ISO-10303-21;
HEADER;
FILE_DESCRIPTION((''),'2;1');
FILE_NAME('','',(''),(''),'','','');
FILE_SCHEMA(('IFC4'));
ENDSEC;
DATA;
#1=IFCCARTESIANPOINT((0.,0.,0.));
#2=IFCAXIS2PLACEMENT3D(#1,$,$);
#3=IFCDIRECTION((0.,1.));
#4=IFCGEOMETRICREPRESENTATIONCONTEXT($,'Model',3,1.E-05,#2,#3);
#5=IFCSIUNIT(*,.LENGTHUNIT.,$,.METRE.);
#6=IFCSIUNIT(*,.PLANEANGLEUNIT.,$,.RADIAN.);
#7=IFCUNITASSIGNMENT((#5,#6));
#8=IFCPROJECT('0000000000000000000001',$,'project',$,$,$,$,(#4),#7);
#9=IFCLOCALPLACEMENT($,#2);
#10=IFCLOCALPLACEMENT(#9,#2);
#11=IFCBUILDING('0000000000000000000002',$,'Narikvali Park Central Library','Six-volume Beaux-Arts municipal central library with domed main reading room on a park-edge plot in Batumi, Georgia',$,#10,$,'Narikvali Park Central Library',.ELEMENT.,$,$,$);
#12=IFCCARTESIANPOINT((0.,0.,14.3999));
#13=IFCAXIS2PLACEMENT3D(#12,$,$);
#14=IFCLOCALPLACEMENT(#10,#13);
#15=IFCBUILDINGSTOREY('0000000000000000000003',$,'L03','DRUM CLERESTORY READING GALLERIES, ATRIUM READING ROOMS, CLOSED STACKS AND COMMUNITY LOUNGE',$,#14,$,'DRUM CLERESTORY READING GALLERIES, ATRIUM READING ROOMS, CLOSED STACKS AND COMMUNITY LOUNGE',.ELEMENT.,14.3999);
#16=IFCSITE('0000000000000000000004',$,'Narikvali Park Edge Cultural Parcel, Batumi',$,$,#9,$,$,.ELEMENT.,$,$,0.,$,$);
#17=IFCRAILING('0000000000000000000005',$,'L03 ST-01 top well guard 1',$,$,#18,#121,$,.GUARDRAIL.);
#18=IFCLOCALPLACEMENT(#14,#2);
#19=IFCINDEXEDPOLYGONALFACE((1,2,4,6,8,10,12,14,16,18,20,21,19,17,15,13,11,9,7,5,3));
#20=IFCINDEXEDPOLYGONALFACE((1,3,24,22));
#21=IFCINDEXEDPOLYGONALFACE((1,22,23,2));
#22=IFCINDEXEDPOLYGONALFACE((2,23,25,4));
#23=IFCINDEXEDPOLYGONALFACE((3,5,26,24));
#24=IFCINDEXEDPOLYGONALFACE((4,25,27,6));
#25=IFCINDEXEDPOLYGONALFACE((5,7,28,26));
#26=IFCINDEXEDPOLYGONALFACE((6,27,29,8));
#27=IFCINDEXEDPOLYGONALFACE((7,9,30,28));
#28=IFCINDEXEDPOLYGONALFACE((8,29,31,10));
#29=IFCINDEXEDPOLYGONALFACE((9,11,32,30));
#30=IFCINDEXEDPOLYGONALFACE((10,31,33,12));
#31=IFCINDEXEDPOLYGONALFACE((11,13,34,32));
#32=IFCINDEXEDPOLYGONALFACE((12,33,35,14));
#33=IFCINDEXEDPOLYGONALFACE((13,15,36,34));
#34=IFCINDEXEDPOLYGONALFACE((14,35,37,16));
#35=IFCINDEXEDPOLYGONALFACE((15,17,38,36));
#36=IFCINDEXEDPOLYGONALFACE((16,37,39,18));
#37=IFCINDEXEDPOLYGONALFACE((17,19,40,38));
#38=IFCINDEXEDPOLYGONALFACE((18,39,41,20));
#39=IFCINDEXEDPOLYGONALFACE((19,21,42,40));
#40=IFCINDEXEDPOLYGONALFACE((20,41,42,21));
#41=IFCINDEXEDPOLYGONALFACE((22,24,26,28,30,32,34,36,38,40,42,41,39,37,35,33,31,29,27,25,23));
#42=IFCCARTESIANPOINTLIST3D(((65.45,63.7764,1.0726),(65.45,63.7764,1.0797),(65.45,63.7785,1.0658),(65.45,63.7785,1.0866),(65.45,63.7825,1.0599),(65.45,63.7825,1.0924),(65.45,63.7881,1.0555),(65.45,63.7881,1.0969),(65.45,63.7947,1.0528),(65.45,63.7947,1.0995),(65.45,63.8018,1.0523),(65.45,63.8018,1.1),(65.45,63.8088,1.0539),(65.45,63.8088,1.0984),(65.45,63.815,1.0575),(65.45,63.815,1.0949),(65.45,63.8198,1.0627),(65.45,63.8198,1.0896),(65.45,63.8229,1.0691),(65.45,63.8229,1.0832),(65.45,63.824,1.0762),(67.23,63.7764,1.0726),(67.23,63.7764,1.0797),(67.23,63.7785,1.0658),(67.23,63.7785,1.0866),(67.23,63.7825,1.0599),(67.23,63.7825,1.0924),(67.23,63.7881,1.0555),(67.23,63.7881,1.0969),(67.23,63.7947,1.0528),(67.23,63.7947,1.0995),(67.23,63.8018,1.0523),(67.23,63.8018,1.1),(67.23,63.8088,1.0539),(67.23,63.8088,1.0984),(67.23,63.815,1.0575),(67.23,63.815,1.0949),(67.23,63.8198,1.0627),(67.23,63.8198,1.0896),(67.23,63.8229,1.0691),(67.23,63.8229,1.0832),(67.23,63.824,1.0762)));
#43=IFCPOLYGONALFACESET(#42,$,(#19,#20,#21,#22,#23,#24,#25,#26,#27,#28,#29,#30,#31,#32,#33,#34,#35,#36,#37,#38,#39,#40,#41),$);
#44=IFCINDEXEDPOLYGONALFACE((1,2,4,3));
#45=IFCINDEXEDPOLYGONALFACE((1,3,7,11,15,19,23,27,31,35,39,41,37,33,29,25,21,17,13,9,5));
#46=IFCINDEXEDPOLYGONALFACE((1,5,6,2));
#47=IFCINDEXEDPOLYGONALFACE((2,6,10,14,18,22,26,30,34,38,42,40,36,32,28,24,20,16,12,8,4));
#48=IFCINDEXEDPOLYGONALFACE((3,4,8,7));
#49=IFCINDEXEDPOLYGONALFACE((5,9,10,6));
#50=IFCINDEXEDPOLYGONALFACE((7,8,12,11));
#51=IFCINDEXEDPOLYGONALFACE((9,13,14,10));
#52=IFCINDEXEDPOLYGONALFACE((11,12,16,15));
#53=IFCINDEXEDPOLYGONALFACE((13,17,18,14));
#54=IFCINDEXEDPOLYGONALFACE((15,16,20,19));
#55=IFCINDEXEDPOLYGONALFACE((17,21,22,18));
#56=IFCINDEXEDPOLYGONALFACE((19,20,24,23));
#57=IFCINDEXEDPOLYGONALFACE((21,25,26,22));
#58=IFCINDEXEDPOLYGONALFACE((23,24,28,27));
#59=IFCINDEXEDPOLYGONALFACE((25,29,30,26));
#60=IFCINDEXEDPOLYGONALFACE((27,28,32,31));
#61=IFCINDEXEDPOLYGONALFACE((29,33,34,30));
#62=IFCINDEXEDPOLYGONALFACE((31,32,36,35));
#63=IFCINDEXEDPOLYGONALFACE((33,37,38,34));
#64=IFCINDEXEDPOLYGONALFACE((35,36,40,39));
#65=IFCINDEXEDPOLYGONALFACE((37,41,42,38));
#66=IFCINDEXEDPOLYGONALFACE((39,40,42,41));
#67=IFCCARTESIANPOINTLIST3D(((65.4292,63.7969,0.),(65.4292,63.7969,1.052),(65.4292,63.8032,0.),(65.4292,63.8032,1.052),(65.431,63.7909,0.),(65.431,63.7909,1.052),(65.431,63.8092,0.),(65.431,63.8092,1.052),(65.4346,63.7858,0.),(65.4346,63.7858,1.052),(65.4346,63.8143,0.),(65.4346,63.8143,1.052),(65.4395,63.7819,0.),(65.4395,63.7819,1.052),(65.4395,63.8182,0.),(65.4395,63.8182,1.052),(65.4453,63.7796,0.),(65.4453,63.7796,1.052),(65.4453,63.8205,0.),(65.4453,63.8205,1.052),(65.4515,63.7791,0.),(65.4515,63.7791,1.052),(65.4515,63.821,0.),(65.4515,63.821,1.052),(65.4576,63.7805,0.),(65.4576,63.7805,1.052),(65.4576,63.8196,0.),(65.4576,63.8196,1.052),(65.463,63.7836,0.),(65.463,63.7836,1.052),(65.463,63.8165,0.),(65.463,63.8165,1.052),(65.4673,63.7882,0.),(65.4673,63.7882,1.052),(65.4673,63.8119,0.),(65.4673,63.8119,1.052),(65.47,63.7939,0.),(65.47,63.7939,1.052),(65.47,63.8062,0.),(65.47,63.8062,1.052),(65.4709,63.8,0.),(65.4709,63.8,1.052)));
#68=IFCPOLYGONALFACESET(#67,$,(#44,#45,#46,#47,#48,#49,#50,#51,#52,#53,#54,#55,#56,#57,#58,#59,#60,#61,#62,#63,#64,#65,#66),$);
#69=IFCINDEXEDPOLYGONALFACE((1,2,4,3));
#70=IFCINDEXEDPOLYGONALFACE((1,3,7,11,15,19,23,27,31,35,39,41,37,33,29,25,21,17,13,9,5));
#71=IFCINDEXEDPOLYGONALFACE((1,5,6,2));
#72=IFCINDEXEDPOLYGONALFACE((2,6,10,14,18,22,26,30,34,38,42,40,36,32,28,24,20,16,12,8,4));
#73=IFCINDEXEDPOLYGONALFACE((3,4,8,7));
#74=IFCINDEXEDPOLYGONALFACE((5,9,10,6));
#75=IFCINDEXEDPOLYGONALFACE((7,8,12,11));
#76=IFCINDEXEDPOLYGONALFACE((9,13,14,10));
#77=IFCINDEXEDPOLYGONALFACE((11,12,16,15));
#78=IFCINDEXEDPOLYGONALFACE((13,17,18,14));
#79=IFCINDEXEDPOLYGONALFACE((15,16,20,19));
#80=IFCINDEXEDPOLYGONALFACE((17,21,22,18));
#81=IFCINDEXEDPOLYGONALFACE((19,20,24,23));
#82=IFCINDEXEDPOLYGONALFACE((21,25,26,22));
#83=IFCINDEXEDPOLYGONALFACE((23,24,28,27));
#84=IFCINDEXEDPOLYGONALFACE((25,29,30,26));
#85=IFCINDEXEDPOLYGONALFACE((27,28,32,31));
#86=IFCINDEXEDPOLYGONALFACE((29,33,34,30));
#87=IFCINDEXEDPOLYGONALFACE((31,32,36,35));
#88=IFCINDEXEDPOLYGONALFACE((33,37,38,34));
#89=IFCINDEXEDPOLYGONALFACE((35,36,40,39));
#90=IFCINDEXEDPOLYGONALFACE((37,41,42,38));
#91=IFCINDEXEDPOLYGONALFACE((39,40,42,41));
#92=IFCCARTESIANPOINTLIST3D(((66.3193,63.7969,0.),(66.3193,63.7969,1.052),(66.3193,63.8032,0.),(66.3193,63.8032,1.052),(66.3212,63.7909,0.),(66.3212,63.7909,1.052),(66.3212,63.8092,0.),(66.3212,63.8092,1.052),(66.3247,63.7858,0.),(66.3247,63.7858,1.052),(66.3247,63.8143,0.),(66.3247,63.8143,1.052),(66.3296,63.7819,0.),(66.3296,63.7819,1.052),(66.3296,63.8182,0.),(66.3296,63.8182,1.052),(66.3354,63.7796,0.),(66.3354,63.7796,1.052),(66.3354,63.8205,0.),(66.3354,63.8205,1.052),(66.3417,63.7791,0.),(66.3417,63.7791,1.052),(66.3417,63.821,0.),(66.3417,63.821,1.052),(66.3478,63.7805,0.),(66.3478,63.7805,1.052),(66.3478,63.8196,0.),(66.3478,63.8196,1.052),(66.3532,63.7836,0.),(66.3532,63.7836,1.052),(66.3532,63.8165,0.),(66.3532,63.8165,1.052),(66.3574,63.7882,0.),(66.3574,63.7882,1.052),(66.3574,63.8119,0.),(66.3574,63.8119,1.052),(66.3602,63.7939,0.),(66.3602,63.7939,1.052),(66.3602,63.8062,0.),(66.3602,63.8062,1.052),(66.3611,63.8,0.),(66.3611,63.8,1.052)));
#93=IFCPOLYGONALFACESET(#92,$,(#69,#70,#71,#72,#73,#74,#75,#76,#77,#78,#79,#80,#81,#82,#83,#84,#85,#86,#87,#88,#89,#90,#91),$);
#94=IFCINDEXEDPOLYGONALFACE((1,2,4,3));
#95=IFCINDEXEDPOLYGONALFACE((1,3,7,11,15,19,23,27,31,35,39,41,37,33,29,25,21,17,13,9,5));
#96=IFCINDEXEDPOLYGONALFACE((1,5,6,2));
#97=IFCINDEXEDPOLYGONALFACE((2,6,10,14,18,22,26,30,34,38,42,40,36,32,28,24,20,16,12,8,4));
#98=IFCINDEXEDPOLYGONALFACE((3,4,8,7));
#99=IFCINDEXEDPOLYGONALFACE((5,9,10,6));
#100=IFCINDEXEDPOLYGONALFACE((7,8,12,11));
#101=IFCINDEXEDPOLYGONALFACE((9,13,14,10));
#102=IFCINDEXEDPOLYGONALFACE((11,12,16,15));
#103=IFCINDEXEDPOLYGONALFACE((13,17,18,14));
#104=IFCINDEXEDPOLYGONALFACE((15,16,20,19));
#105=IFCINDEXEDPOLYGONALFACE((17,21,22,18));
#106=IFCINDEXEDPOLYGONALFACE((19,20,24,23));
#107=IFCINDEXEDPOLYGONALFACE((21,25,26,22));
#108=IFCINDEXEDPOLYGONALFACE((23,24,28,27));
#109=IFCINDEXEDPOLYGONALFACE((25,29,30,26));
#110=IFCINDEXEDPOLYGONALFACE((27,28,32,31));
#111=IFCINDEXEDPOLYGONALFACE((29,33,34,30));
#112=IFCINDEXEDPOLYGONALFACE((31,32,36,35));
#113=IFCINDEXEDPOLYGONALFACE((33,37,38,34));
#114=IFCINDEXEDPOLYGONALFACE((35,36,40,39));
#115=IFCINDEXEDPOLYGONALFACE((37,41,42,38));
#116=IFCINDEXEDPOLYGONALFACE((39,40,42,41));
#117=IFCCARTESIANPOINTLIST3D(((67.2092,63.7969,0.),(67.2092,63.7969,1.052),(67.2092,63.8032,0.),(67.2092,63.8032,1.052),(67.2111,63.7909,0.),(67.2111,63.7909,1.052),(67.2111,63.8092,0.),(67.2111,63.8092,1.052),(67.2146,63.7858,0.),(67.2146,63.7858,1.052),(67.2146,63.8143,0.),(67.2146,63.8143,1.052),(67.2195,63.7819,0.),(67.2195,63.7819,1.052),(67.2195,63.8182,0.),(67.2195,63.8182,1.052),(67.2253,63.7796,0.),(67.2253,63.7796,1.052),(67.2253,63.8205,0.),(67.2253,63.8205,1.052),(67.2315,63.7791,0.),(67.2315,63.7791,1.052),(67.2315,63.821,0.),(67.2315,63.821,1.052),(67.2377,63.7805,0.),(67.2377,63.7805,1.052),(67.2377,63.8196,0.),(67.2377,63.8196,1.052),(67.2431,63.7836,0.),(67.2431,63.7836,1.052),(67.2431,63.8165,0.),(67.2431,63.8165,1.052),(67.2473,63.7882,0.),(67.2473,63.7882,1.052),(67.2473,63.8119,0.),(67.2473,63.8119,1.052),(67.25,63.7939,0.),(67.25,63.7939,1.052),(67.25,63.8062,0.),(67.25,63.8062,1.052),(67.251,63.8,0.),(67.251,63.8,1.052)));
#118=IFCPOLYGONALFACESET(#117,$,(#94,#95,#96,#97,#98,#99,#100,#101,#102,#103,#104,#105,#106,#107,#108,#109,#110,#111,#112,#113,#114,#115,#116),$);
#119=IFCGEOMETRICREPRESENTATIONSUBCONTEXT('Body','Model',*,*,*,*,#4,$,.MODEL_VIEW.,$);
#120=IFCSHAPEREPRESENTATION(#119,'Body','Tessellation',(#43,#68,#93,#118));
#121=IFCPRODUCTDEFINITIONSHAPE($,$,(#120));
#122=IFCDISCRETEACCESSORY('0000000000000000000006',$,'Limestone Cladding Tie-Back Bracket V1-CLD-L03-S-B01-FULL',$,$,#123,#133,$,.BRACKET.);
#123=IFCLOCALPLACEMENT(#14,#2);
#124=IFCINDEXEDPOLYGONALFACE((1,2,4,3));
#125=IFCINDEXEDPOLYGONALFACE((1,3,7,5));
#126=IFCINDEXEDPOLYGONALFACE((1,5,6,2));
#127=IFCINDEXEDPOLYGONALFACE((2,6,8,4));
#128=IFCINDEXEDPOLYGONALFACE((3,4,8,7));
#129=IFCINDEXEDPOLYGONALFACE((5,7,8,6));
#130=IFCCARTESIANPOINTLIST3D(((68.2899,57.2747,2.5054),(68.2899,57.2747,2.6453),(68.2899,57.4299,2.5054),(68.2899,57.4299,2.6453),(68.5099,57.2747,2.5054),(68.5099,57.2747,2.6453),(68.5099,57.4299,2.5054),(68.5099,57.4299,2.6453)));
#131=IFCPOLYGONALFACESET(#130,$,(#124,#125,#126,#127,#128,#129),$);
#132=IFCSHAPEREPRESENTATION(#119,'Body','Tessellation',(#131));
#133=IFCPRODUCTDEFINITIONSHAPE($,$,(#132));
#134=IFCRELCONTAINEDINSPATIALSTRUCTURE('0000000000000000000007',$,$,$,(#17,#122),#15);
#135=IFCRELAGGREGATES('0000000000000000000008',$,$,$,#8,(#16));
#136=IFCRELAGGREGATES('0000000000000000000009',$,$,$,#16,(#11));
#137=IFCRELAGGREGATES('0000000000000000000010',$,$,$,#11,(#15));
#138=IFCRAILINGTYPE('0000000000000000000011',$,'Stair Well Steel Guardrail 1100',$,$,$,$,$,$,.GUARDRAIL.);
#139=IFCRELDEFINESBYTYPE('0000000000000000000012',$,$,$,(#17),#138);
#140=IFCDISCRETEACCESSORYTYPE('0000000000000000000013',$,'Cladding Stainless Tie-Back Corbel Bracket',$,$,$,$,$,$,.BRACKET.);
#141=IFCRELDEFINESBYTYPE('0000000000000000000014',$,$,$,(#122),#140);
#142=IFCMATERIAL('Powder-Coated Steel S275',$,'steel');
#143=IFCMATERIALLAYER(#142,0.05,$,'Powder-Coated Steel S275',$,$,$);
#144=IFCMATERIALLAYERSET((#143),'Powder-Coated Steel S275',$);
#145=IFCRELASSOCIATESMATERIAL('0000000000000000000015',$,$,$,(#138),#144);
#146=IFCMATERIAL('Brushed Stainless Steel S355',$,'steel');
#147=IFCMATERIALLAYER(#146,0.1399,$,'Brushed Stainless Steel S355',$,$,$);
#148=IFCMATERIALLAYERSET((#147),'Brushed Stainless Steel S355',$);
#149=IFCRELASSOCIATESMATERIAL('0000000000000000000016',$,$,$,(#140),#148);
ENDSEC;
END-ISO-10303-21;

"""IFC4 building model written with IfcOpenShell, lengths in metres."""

from ifc_helpers import new_model, si_unit, direction, frame, origin, origin_2d, place, context, subcontext, project, spatial, rectangle, circle, extrude, material, layer, layer_set, type_object, element, save


model = new_model("IFC4")

# Units and contexts
model_context = context("Model", 3, precision=1e-05, world=origin(), true_north=direction((0.0, 1.0)))
body_context = subcontext(model_context, "Body", "Model", "MODEL_VIEW")
ifc_project = project(units=[si_unit("LENGTHUNIT", "METRE"), si_unit("PLANEANGLEUNIT", "RADIAN")], contexts=[model_context])

# Site, building, storey
site_placement = place(None, origin())
site = spatial("IfcSite", under=ifc_project, at=site_placement, Name="Narikvali Park Edge Cultural Parcel, Batumi", CompositionType="ELEMENT", RefElevation=0.0)
building_placement = place(site_placement, origin())
building = spatial("IfcBuilding", under=site, at=building_placement, Name="Narikvali Park Central Library", Description="Six-volume Beaux-Arts municipal central library with domed main reading room on a park-edge plot in Batumi, Georgia", LongName="Narikvali Park Central Library", CompositionType="ELEMENT")
storey_placement = place(building_placement, frame((0.0, 0.0, 14.3999)))
storey = spatial("IfcBuildingStorey", under=building, at=storey_placement, Name="L03", Description="DRUM CLERESTORY READING GALLERIES, ATRIUM READING ROOMS, CLOSED STACKS AND COMMUNITY LOUNGE", LongName="DRUM CLERESTORY READING GALLERIES, ATRIUM READING ROOMS, CLOSED STACKS AND COMMUNITY LOUNGE", CompositionType="ELEMENT", Elevation=14.3999)

# Shared definitions
ifc_material_1 = material(Name="Brushed Stainless Steel S355", Category="steel")

# Railing
ifc_material_2 = material(Name="Powder-Coated Steel S275", Category="steel")
ifc_layer_1 = layer(ifc_material_2, 0.05, Name="Powder-Coated Steel S275")
ifc_layer_set_1 = layer_set([ifc_layer_1], Name="Powder-Coated Steel S275")
railing_type = type_object("IfcRailingType", Name="Stair Well Steel Guardrail 1100", PredefinedType="GUARDRAIL", material=ifc_layer_set_1)
railing_placement = place(storey_placement, frame((65.45, 63.8, 0.0)))
element("IfcRailing", 1, at=railing_placement, inside=storey, type_object=railing_type, Name="L03 ST-01 top well guard 1", PredefinedType="GUARDRAIL", context=body_context, shape_type="SweptSolid", body=[
    extrude(circle(Radius=0.0239, at=origin_2d()), frame((0.0, 0.0, 1.0762), z_axis=(1.0, 0.0, 0.0), x_axis=(0.0, 1.0, 0.0)), (0.0, 0.0, 1.0), 1.78),
    extrude(circle(Radius=0.021, at=origin_2d()), origin(), (0.0, 0.0, 1.0), 1.052),
    extrude(circle(Radius=0.021, at=origin_2d()), frame((0.8901, 0.0, 0.0)), (0.0, 0.0, 1.0), 1.052),
    extrude(circle(Radius=0.021, at=origin_2d()), frame((1.78, 0.0, 0.0)), (0.0, 0.0, 1.0), 1.052),
])

# Discrete accessory
ifc_layer_2 = layer(ifc_material_1, 0.1399, Name="Brushed Stainless Steel S355")
ifc_layer_set_2 = layer_set([ifc_layer_2], Name="Brushed Stainless Steel S355")
discrete_accessory_type = type_object("IfcDiscreteAccessoryType", Name="Cladding Stainless Tie-Back Corbel Bracket", PredefinedType="BRACKET", material=ifc_layer_set_2)
discrete_accessory_placement = place(storey_placement, frame((68.3999, 57.3523, 2.5054), z_axis=(0.0, 0.0, 1.0), x_axis=(1.0, 0.0, 0.0)))
element("IfcDiscreteAccessory", 2, at=discrete_accessory_placement, inside=storey, type_object=discrete_accessory_type, Name="Limestone Cladding Tie-Back Bracket V1-CLD-L03-S-B01-FULL", PredefinedType="BRACKET", context=body_context, shape_type="SweptSolid", body=[
    extrude(rectangle(XDim=0.22, YDim=0.1553, at=origin_2d()), origin(), (0.0, 0.0, 1.0), 0.1399),
])

save(model, "model.ifc")
